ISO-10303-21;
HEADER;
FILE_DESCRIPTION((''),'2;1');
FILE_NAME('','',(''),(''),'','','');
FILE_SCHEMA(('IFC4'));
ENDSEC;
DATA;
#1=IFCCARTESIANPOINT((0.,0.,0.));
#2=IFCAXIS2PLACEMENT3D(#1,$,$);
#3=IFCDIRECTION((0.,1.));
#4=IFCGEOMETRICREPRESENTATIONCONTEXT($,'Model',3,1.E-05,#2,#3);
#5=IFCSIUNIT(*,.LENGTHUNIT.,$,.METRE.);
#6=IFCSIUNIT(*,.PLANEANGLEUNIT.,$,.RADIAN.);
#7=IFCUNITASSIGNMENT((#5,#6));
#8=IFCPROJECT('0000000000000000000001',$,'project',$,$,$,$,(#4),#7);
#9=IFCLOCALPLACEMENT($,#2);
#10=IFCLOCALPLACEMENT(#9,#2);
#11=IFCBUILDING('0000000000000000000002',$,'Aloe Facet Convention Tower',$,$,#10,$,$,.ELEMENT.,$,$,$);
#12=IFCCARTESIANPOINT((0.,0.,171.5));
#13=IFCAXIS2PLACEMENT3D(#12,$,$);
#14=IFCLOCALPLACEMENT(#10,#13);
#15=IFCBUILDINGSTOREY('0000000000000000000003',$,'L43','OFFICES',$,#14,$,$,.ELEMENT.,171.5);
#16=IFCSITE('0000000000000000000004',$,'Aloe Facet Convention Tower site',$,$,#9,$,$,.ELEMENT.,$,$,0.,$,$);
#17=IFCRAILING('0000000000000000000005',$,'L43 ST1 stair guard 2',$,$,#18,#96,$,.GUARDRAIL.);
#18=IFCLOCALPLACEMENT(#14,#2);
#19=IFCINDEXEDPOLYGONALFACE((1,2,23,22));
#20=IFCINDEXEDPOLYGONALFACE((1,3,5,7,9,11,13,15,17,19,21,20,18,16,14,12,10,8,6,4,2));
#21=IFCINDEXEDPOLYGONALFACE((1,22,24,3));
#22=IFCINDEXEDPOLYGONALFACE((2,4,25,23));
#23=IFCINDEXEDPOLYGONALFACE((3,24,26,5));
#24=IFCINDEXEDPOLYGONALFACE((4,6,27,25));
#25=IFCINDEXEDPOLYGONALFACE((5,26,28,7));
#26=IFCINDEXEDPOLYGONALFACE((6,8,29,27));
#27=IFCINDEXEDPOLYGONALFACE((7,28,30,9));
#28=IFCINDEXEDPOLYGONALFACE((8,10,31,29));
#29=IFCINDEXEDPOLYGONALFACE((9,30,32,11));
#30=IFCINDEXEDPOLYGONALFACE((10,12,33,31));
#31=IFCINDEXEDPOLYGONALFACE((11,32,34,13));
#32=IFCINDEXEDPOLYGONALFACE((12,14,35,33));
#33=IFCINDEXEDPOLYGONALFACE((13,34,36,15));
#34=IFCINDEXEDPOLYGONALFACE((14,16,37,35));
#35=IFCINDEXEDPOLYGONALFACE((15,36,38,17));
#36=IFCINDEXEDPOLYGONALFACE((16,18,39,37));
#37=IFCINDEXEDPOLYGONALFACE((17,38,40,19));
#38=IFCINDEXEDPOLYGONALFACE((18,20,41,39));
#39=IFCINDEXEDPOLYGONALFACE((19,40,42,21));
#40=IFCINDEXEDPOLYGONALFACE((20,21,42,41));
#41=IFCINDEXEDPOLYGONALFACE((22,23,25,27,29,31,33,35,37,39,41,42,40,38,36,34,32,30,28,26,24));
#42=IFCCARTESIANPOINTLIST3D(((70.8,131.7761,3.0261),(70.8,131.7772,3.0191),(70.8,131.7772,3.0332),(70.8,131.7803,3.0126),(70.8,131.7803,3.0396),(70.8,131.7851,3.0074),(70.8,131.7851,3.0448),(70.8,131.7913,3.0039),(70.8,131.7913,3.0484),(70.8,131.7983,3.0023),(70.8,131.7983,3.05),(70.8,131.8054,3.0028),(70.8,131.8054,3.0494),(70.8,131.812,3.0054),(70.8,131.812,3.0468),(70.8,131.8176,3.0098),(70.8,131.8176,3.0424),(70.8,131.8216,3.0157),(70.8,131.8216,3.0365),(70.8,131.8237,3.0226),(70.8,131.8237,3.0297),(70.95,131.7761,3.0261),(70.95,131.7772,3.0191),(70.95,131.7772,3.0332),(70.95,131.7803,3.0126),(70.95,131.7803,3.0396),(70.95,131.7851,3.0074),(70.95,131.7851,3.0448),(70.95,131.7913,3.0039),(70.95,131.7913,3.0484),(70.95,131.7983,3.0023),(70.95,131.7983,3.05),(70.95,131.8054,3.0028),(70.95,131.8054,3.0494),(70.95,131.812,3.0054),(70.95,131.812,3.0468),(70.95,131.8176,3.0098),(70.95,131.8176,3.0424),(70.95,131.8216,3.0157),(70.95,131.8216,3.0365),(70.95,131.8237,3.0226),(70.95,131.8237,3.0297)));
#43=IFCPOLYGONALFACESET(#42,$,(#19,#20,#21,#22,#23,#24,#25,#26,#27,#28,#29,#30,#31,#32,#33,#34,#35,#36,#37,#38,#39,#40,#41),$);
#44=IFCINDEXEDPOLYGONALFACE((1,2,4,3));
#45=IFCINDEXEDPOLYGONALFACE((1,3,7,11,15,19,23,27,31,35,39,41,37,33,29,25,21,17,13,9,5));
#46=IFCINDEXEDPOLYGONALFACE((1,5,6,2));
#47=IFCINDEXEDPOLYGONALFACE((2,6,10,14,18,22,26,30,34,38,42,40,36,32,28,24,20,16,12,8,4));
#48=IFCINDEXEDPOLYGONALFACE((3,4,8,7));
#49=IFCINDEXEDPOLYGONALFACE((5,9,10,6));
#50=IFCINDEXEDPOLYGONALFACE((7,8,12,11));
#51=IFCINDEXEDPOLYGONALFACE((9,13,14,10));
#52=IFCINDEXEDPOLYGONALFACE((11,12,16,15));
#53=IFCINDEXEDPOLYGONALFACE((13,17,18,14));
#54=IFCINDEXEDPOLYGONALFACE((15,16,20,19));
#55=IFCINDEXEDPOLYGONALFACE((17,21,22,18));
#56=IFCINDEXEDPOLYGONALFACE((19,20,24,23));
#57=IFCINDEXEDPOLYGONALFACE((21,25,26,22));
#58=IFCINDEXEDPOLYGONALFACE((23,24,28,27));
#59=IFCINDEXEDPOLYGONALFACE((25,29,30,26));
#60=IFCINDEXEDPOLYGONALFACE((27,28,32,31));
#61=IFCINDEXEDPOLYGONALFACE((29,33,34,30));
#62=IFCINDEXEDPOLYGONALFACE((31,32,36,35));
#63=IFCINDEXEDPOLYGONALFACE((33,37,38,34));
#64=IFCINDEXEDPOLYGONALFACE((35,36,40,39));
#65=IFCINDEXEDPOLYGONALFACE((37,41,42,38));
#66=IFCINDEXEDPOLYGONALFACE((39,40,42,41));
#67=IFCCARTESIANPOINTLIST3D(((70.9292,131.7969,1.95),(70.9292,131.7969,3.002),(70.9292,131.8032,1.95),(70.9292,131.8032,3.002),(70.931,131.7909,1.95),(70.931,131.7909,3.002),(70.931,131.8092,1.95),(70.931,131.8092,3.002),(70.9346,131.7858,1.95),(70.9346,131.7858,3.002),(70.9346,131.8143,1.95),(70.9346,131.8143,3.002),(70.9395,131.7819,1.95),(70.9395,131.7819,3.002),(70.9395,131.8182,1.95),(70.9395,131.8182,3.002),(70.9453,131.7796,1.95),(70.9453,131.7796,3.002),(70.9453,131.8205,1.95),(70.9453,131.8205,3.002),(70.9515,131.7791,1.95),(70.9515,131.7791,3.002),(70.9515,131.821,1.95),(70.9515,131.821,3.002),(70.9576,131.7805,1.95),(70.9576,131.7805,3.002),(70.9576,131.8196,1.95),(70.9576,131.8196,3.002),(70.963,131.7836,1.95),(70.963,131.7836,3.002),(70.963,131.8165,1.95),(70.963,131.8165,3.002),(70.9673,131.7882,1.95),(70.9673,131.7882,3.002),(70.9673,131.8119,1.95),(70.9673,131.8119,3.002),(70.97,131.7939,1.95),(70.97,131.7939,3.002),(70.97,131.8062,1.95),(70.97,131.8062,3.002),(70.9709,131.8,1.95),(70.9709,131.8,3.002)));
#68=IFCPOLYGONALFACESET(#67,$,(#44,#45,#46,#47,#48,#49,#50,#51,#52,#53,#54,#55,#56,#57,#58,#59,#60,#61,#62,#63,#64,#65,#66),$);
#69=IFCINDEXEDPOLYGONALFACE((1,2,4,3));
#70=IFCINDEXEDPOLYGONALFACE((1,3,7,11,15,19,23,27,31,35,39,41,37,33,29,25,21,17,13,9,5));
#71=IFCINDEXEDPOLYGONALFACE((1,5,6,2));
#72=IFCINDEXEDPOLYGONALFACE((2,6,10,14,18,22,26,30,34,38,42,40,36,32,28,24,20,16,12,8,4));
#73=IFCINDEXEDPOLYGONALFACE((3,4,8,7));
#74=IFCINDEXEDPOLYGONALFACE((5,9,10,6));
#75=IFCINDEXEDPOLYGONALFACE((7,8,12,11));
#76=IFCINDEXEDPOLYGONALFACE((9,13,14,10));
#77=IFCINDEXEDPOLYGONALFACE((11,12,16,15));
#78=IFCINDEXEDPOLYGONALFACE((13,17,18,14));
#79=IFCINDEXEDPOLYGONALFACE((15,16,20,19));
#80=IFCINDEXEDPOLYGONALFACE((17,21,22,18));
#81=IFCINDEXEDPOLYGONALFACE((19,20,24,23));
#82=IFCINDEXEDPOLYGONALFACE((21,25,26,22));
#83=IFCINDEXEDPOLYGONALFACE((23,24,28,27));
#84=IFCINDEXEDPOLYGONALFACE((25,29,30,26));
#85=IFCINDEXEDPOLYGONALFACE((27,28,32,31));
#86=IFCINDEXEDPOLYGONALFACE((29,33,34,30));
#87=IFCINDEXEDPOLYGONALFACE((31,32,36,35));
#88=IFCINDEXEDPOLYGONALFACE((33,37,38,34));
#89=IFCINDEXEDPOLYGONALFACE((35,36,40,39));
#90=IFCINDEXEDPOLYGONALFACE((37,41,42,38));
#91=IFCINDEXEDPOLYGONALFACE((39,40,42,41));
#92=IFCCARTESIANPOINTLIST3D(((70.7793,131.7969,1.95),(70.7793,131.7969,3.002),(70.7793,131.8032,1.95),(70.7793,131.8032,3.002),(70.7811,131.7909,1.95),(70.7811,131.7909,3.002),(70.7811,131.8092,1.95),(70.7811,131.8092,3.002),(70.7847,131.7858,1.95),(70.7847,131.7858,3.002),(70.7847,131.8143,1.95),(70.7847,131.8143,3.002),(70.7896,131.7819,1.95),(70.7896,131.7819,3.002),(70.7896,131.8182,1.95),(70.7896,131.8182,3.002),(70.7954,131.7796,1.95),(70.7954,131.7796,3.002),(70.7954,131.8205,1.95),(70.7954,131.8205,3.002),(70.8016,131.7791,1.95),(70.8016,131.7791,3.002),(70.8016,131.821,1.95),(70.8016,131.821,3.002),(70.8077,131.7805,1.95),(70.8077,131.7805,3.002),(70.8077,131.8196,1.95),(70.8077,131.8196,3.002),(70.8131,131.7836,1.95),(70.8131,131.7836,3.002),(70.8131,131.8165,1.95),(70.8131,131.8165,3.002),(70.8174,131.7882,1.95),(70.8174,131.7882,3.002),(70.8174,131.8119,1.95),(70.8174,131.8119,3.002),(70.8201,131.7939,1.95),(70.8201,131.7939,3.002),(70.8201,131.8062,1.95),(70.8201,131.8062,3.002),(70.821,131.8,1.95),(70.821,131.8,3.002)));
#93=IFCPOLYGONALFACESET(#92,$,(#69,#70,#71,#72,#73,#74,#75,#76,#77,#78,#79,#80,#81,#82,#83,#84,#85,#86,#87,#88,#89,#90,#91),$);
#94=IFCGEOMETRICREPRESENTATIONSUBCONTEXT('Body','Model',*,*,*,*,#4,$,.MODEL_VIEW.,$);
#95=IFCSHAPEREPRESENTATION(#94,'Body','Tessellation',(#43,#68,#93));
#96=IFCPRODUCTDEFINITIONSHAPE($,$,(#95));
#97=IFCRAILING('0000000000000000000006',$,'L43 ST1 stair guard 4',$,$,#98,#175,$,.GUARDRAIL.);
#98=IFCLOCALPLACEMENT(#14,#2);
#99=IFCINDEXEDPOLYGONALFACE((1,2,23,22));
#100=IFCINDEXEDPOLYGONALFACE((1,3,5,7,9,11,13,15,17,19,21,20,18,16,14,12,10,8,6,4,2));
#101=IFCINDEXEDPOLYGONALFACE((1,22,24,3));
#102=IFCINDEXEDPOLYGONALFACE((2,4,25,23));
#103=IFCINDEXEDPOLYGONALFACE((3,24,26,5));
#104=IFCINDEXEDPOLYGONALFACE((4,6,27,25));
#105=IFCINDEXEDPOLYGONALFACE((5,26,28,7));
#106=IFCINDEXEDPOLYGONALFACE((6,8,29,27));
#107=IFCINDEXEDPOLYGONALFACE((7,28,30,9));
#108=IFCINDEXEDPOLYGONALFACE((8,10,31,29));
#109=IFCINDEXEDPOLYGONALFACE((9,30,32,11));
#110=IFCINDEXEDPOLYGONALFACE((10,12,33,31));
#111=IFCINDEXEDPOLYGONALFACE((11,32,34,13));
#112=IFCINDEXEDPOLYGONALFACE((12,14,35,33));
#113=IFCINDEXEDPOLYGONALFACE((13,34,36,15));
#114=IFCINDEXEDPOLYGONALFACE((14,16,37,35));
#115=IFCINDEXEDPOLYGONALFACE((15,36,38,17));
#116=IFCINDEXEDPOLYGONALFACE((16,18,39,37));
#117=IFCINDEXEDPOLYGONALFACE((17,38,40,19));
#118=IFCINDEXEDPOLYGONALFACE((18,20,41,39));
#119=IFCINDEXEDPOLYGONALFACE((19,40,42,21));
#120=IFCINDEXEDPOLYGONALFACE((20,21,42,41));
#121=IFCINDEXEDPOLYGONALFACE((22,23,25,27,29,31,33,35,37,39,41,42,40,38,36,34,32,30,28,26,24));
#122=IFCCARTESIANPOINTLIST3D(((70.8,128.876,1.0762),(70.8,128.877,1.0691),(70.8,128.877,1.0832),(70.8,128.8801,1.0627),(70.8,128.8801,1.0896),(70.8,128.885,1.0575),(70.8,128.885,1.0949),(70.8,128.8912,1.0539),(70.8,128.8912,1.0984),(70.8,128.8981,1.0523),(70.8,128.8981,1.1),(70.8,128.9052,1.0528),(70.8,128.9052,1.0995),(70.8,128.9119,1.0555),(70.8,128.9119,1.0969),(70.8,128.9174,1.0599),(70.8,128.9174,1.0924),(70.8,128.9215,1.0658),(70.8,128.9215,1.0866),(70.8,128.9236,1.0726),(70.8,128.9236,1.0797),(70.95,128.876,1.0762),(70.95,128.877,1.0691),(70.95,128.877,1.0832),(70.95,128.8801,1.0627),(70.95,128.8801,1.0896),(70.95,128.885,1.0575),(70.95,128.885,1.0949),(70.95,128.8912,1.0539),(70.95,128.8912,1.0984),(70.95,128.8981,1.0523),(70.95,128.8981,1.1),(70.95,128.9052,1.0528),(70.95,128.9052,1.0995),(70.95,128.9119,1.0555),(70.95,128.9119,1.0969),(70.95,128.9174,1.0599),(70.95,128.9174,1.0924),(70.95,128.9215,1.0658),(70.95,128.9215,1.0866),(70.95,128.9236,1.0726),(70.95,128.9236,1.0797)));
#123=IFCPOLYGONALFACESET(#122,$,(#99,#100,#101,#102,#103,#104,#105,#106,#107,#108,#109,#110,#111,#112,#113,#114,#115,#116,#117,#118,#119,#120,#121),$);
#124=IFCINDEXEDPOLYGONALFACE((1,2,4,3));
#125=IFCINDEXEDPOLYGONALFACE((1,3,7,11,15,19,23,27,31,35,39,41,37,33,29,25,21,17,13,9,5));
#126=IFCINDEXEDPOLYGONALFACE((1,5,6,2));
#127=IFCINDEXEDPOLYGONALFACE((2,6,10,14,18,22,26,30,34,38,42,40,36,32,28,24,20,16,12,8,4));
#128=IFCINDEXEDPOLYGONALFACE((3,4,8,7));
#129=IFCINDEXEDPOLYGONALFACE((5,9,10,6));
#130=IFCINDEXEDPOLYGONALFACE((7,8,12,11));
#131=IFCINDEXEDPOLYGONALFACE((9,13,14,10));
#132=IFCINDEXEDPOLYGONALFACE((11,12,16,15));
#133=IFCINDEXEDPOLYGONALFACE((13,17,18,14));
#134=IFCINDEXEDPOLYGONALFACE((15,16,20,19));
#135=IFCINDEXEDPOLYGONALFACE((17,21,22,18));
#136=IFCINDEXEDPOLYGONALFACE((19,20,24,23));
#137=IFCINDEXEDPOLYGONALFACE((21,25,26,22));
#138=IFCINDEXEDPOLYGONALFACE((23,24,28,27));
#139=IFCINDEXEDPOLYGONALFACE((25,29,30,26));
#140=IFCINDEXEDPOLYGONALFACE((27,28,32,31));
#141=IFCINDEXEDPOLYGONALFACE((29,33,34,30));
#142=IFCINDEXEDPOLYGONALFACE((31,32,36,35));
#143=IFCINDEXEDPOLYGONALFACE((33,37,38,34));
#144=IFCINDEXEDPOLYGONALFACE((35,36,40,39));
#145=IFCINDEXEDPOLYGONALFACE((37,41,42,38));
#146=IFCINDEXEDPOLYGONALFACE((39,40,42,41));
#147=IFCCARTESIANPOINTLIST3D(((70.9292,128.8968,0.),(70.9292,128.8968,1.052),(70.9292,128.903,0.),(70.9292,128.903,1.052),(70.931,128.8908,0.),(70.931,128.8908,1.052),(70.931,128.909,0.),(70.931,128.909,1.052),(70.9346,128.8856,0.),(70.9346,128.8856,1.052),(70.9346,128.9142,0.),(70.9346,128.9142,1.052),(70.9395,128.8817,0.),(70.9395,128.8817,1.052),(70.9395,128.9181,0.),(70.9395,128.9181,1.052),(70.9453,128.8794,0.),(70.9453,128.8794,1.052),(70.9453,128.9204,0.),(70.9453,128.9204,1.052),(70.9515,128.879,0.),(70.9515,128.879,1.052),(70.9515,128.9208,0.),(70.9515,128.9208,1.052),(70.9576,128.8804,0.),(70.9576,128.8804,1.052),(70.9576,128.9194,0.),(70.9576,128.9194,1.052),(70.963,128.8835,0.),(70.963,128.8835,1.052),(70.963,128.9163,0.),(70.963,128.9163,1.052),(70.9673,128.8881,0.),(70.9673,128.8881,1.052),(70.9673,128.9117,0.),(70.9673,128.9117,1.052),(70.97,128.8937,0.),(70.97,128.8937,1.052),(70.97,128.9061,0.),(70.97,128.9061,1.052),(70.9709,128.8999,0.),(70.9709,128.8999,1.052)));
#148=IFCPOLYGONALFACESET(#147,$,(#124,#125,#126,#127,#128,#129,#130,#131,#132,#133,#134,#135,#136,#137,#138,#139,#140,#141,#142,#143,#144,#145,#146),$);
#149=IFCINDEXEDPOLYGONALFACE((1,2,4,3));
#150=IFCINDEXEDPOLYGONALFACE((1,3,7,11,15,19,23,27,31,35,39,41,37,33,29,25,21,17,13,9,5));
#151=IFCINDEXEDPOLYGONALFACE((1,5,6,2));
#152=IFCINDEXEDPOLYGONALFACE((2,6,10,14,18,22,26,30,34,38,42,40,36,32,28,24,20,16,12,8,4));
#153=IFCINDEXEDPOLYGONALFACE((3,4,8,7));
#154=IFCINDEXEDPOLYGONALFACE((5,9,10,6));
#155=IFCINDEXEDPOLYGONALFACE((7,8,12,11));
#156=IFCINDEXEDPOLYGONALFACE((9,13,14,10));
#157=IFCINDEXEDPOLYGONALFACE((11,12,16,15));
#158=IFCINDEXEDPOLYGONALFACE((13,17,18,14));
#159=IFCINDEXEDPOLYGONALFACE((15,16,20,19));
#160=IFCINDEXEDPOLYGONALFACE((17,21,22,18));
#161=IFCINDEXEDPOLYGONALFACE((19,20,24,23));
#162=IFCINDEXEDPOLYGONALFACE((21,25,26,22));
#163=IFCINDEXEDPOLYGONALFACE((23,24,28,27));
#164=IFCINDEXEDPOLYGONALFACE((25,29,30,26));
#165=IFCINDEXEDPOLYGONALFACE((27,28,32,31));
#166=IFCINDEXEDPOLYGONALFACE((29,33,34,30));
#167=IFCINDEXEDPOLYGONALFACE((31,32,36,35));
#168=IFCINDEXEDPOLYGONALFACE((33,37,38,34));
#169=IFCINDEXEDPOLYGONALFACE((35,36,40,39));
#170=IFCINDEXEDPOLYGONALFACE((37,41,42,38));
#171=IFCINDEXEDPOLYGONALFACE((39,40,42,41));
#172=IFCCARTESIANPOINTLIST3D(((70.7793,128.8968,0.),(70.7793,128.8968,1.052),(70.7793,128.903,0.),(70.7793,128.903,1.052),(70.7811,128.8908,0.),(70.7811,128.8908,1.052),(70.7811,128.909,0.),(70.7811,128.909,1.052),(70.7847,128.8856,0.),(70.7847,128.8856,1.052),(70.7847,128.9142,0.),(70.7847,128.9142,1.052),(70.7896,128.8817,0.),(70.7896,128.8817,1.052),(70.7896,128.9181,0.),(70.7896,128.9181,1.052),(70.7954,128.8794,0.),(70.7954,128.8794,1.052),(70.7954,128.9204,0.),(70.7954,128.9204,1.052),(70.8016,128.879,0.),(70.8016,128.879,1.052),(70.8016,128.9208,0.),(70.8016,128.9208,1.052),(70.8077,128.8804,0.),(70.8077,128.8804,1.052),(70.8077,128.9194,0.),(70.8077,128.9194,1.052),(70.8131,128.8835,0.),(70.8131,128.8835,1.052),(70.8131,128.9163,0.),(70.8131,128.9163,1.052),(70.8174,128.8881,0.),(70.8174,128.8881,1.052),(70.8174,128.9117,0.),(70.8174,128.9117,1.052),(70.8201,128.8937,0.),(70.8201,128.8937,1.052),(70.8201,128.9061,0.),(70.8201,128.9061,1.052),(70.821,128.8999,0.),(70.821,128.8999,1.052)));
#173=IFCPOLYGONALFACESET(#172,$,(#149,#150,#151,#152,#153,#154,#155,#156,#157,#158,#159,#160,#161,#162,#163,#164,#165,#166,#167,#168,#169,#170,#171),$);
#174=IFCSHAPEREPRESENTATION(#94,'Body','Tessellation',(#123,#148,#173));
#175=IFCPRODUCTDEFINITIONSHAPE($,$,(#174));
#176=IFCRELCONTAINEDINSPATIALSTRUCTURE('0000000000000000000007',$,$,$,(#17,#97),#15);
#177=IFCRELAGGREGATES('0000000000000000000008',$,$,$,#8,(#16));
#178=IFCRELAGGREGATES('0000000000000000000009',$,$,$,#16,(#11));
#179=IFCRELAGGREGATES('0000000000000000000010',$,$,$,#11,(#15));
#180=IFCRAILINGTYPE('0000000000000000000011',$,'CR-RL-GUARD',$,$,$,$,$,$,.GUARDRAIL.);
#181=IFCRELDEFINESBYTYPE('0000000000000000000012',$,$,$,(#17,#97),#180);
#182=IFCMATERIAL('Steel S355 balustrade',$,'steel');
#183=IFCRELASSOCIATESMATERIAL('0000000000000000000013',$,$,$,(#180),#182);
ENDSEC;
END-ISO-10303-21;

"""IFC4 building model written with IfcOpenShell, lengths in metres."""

from ifc_helpers import new_model, si_unit, direction, frame, origin, origin_2d, place, context, subcontext, project, spatial, circle, extrude, material, type_object, element, save


model = new_model("IFC4")

# Units and contexts
model_context = context("Model", 3, precision=1e-05, world=origin(), true_north=direction((0.0, 1.0)))
body_context = subcontext(model_context, "Body", "Model", "MODEL_VIEW")
ifc_project = project(units=[si_unit("LENGTHUNIT", "METRE"), si_unit("PLANEANGLEUNIT", "RADIAN")], contexts=[model_context])

# Site, building, storey
site_placement = place(None, origin())
site = spatial("IfcSite", under=ifc_project, at=site_placement, Name="Aloe Facet Convention Tower site", CompositionType="ELEMENT", RefElevation=0.0)
building_placement = place(site_placement, origin())
building = spatial("IfcBuilding", under=site, at=building_placement, Name="Aloe Facet Convention Tower", CompositionType="ELEMENT")
storey_placement = place(building_placement, frame((0.0, 0.0, 171.5)))
storey = spatial("IfcBuildingStorey", under=building, at=storey_placement, Name="L43", Description="OFFICES", CompositionType="ELEMENT", Elevation=171.5)

# Railings
ifc_material_1 = material(Name="Steel S355 balustrade", Category="steel")
railing_type_1 = type_object("IfcRailingType", Name="CR-RL-GUARD", PredefinedType="GUARDRAIL", material=ifc_material_1)
for number, where, name in (
    (1, (70.95, 131.8, 1.95), "L43 ST1 stair guard 2"),
    (2, (70.95, 128.8999, 0.0), "L43 ST1 stair guard 4"),
):
    element("IfcRailing", number, at=place(storey_placement, frame(where)), inside=storey, type_object=railing_type_1, Name=name, PredefinedType="GUARDRAIL", context=body_context, shape_type="SweptSolid", body=[
        extrude(circle(Radius=0.0239, at=origin_2d()), frame((0.0, 0.0, 1.0762), z_axis=(-1.0, 0.0, 0.0), x_axis=(0.0, -1.0, 0.0)), (0.0, 0.0, 1.0), 0.1499),
        extrude(circle(Radius=0.021, at=origin_2d()), origin(), (0.0, 0.0, 1.0), 1.052),
        extrude(circle(Radius=0.021, at=origin_2d()), frame((-0.1499, 0.0, 0.0)), (0.0, 0.0, 1.0), 1.052),
    ])

save(model, "model.ifc")
